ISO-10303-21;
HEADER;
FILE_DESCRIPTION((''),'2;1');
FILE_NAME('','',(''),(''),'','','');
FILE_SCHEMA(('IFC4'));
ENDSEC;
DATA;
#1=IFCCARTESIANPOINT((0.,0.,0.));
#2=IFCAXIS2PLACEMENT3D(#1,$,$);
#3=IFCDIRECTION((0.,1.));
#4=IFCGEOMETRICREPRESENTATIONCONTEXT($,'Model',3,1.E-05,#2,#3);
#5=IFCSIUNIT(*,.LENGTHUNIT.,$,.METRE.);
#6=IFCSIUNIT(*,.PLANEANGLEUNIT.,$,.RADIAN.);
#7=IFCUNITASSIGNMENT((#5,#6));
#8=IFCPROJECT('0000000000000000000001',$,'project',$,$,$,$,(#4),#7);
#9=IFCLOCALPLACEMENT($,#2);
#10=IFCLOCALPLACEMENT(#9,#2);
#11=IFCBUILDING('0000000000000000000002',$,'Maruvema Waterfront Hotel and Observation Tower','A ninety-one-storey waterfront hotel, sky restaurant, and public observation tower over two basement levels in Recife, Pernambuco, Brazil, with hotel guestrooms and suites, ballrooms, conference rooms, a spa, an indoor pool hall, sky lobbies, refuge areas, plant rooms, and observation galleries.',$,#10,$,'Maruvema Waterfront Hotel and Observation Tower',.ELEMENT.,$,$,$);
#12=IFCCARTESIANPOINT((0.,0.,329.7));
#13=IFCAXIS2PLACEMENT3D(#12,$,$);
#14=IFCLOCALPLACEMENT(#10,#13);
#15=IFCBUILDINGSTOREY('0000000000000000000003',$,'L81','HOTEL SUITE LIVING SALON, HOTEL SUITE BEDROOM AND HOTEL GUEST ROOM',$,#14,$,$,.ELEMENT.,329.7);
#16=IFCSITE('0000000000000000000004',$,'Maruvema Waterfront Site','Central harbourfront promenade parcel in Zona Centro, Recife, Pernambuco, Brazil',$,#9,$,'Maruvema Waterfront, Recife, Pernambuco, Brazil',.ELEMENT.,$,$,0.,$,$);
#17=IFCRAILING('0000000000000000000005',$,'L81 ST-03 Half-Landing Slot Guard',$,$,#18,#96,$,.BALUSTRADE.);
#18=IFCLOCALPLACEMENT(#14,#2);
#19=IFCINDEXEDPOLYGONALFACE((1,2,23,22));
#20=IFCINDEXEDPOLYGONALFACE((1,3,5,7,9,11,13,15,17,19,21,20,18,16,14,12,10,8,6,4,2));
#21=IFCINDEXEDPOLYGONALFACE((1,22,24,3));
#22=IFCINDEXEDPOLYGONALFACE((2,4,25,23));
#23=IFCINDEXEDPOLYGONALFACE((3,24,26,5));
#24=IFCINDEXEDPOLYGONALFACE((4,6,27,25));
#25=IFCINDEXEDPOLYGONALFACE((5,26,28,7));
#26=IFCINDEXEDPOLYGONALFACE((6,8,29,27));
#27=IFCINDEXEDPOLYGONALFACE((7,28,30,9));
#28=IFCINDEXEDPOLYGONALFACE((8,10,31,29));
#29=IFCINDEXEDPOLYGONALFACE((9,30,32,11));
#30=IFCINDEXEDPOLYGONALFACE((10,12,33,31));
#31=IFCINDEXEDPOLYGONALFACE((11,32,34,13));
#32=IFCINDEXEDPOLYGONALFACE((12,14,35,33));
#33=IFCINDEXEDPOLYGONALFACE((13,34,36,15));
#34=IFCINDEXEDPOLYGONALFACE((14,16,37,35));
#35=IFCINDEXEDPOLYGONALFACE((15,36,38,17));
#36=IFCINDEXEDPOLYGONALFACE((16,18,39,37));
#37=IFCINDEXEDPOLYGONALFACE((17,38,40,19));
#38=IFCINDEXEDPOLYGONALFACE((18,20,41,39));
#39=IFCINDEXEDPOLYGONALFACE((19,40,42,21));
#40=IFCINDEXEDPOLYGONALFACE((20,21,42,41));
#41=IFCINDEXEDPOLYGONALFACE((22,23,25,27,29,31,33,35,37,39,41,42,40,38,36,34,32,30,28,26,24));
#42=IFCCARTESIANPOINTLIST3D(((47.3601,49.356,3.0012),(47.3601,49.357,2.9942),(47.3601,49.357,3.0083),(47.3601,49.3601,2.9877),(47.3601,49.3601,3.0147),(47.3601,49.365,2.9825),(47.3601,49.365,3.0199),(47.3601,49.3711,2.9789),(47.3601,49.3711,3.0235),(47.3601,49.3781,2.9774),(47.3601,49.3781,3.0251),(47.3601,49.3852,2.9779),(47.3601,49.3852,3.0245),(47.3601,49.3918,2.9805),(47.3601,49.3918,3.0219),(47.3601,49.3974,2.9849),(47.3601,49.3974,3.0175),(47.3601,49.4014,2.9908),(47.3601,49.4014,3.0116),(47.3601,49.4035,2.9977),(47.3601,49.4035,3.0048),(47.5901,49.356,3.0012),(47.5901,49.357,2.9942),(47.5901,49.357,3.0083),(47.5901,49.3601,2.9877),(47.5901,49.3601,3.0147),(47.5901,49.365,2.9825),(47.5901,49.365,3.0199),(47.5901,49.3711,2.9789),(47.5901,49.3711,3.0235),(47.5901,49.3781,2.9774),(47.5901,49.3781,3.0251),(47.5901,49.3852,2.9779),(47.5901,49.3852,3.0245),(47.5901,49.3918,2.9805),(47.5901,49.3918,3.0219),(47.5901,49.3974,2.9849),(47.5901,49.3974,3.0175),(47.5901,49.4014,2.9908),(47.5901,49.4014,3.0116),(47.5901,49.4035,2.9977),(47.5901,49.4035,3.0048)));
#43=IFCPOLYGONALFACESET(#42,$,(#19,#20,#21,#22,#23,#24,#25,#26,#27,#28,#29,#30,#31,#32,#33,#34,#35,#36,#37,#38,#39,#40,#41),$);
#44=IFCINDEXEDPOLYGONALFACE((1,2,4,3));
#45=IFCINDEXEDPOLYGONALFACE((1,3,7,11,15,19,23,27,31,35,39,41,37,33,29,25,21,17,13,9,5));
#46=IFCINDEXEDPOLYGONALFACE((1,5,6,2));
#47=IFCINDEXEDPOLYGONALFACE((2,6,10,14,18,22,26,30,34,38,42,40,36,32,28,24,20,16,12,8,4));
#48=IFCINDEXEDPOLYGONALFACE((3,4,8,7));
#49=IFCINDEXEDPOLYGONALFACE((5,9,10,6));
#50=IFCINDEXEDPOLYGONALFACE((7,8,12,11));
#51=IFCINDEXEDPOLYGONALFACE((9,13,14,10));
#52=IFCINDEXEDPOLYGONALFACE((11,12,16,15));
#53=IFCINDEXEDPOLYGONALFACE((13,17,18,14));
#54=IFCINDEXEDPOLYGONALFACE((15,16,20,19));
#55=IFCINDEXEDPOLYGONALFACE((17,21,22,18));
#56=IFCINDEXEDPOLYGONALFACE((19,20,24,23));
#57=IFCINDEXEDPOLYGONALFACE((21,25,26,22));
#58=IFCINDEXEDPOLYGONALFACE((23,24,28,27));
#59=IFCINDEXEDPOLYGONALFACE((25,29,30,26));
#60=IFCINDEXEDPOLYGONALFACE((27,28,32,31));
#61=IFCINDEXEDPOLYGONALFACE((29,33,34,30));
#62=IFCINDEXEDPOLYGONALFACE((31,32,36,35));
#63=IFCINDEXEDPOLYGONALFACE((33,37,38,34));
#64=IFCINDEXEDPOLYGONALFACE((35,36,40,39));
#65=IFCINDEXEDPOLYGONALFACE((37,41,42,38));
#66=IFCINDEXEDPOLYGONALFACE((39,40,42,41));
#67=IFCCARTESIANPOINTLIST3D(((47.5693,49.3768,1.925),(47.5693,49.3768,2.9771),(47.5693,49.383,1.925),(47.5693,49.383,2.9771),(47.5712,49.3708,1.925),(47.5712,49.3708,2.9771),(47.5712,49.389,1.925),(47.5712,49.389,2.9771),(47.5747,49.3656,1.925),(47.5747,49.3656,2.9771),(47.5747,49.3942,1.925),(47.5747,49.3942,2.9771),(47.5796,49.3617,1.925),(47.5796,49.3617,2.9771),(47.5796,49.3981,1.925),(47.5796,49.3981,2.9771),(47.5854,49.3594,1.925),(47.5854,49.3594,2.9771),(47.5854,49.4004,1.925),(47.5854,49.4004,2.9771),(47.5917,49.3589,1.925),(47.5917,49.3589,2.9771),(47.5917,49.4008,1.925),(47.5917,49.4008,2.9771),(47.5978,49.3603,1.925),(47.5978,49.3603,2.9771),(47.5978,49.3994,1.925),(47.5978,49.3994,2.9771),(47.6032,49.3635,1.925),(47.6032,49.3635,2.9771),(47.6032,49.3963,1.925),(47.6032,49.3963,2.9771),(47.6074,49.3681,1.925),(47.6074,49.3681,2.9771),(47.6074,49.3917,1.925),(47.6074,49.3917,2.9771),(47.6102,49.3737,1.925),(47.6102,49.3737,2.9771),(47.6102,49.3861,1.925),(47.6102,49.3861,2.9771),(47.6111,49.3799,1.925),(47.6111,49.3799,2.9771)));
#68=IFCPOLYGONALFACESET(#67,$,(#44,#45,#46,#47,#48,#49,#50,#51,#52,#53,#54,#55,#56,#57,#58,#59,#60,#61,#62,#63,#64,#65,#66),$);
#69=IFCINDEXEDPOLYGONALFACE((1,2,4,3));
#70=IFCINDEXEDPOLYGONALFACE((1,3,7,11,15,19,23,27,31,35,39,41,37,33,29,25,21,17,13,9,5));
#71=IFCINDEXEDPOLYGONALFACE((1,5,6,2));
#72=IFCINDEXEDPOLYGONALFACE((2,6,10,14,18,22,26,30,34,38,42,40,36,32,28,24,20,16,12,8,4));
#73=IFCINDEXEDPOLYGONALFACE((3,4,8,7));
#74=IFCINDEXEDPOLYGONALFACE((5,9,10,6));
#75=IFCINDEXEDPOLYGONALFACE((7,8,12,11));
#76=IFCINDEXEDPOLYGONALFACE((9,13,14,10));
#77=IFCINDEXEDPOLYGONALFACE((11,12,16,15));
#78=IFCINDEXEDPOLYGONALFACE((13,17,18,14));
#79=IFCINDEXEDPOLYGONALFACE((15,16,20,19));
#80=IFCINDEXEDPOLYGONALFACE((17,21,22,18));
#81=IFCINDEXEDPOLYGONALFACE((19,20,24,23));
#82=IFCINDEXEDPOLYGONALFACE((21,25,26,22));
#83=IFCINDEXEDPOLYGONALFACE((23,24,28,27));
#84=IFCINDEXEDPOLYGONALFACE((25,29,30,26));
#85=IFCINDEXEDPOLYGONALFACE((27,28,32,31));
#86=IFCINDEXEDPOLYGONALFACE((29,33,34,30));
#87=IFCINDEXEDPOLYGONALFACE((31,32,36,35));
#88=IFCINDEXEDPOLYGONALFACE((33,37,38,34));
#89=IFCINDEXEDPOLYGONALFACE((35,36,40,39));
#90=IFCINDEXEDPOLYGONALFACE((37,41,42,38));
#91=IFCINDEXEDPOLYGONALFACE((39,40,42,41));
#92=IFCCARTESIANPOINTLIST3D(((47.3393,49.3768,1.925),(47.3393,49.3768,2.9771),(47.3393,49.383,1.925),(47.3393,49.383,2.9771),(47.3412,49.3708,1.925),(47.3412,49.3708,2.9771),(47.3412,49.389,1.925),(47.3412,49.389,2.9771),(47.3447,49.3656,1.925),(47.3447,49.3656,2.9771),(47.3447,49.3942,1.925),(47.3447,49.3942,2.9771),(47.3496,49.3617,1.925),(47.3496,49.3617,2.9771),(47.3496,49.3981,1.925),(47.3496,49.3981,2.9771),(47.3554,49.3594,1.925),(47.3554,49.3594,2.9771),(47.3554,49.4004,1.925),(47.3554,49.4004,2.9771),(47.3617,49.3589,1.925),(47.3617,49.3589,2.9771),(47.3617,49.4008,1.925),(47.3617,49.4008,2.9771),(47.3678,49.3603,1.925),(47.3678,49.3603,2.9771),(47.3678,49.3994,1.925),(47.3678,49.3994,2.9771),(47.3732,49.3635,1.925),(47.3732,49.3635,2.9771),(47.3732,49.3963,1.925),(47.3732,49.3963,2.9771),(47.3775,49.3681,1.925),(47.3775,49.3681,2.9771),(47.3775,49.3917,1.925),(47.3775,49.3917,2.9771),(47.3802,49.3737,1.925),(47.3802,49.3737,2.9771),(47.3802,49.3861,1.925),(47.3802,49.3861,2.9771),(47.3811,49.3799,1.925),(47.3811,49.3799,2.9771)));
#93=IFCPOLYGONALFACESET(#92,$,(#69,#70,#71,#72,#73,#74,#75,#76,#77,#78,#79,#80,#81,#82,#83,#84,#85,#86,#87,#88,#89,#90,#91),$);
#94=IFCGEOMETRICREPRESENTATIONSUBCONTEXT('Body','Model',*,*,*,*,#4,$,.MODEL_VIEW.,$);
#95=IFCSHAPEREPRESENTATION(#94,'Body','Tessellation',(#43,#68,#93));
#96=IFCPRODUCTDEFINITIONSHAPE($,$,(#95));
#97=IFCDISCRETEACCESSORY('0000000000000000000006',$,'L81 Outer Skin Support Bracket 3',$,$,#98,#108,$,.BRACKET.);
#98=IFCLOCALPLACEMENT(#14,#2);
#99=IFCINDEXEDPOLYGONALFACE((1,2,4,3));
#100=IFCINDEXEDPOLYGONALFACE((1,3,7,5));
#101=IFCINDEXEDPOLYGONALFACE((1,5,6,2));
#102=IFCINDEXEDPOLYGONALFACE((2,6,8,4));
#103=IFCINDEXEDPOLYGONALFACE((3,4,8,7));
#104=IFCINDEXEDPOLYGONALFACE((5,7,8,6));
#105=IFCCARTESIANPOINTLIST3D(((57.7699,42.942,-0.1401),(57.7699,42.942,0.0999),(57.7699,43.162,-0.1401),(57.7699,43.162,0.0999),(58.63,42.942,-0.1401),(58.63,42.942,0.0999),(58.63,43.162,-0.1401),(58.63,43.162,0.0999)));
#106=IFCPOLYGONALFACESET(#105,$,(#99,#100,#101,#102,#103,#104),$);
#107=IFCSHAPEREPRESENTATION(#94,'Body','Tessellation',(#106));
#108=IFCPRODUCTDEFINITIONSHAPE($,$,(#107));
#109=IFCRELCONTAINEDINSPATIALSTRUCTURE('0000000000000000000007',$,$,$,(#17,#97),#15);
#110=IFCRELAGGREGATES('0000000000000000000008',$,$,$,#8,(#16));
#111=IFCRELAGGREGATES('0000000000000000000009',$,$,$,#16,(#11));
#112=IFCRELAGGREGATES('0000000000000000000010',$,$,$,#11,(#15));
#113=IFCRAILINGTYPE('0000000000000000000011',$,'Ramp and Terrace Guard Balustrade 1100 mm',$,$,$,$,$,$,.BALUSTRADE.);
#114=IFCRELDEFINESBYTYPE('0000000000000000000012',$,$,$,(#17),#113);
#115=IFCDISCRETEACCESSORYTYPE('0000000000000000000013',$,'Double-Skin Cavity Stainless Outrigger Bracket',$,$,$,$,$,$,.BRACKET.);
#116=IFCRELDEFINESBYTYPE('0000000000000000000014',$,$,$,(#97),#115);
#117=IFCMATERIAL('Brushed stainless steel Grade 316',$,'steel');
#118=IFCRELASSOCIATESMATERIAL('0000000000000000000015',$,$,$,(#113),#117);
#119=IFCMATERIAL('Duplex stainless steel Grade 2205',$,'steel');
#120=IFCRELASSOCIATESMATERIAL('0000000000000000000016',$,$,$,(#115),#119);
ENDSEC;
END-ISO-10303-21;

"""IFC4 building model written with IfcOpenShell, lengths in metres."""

from ifc_helpers import new_model, si_unit, direction, frame, origin, origin_2d, place, context, subcontext, project, spatial, rectangle, circle, extrude, material, type_object, element, save


model = new_model("IFC4")

# Units and contexts
model_context = context("Model", 3, precision=1e-05, world=origin(), true_north=direction((0.0, 1.0)))
body_context = subcontext(model_context, "Body", "Model", "MODEL_VIEW")
ifc_project = project(units=[si_unit("LENGTHUNIT", "METRE"), si_unit("PLANEANGLEUNIT", "RADIAN")], contexts=[model_context])

# Site, building, storey
site_placement = place(None, origin())
site = spatial("IfcSite", under=ifc_project, at=site_placement, Name="Maruvema Waterfront Site", Description="Central harbourfront promenade parcel in Zona Centro, Recife, Pernambuco, Brazil", LongName="Maruvema Waterfront, Recife, Pernambuco, Brazil", CompositionType="ELEMENT", RefElevation=0.0)
building_placement = place(site_placement, origin())
building = spatial("IfcBuilding", under=site, at=building_placement, Name="Maruvema Waterfront Hotel and Observation Tower", Description="A ninety-one-storey waterfront hotel, sky restaurant, and public observation tower over two basement levels in Recife, Pernambuco, Brazil, with hotel guestrooms and suites, ballrooms, conference rooms, a spa, an indoor pool hall, sky lobbies, refuge areas, plant rooms, and observation galleries.", LongName="Maruvema Waterfront Hotel and Observation Tower", CompositionType="ELEMENT")
storey_placement = place(building_placement, frame((0.0, 0.0, 329.7)))
storey = spatial("IfcBuildingStorey", under=building, at=storey_placement, Name="L81", Description="HOTEL SUITE LIVING SALON, HOTEL SUITE BEDROOM AND HOTEL GUEST ROOM", CompositionType="ELEMENT", Elevation=329.7)

# Railing
ifc_material_1 = material(Name="Brushed stainless steel Grade 316", Category="steel")
railing_type_1 = type_object("IfcRailingType", Name="Ramp and Terrace Guard Balustrade 1100 mm", PredefinedType="BALUSTRADE", material=ifc_material_1)
railing_1_placement = place(storey_placement, frame((47.5901, 49.3799, 1.925)))
element("IfcRailing", 1, at=railing_1_placement, inside=storey, type_object=railing_type_1, Name="L81 ST-03 Half-Landing Slot Guard", PredefinedType="BALUSTRADE", context=body_context, shape_type="SweptSolid", body=[
    extrude(circle(Radius=0.0239, at=origin_2d()), frame((0.0, 0.0, 1.0762), z_axis=(-1.0, 0.0, 0.0), x_axis=(0.0, -1.0, 0.0)), (0.0, 0.0, 1.0), 0.23),
    extrude(circle(Radius=0.021, at=origin_2d()), origin(), (0.0, 0.0, 1.0), 1.052),
    extrude(circle(Radius=0.021, at=origin_2d()), frame((-0.23, 0.0, 0.0)), (0.0, 0.0, 1.0), 1.052),
])

# Discrete accessory
ifc_material_2 = material(Name="Duplex stainless steel Grade 2205", Category="steel")
discrete_accessory_type = type_object("IfcDiscreteAccessoryType", Name="Double-Skin Cavity Stainless Outrigger Bracket", PredefinedType="BRACKET", material=ifc_material_2)
discrete_accessory_placement = place(storey_placement, frame((58.2, 43.052, -0.1401), z_axis=(0.0, 0.0, 1.0), x_axis=(0.0, 1.0, 0.0)))
element("IfcDiscreteAccessory", 2, at=discrete_accessory_placement, inside=storey, type_object=discrete_accessory_type, Name="L81 Outer Skin Support Bracket 3", PredefinedType="BRACKET", context=body_context, shape_type="SweptSolid", body=[
    extrude(rectangle(XDim=0.22, YDim=0.8601, at=origin_2d()), origin(), (0.0, 0.0, 1.0), 0.24),
])

save(model, "model.ifc")
